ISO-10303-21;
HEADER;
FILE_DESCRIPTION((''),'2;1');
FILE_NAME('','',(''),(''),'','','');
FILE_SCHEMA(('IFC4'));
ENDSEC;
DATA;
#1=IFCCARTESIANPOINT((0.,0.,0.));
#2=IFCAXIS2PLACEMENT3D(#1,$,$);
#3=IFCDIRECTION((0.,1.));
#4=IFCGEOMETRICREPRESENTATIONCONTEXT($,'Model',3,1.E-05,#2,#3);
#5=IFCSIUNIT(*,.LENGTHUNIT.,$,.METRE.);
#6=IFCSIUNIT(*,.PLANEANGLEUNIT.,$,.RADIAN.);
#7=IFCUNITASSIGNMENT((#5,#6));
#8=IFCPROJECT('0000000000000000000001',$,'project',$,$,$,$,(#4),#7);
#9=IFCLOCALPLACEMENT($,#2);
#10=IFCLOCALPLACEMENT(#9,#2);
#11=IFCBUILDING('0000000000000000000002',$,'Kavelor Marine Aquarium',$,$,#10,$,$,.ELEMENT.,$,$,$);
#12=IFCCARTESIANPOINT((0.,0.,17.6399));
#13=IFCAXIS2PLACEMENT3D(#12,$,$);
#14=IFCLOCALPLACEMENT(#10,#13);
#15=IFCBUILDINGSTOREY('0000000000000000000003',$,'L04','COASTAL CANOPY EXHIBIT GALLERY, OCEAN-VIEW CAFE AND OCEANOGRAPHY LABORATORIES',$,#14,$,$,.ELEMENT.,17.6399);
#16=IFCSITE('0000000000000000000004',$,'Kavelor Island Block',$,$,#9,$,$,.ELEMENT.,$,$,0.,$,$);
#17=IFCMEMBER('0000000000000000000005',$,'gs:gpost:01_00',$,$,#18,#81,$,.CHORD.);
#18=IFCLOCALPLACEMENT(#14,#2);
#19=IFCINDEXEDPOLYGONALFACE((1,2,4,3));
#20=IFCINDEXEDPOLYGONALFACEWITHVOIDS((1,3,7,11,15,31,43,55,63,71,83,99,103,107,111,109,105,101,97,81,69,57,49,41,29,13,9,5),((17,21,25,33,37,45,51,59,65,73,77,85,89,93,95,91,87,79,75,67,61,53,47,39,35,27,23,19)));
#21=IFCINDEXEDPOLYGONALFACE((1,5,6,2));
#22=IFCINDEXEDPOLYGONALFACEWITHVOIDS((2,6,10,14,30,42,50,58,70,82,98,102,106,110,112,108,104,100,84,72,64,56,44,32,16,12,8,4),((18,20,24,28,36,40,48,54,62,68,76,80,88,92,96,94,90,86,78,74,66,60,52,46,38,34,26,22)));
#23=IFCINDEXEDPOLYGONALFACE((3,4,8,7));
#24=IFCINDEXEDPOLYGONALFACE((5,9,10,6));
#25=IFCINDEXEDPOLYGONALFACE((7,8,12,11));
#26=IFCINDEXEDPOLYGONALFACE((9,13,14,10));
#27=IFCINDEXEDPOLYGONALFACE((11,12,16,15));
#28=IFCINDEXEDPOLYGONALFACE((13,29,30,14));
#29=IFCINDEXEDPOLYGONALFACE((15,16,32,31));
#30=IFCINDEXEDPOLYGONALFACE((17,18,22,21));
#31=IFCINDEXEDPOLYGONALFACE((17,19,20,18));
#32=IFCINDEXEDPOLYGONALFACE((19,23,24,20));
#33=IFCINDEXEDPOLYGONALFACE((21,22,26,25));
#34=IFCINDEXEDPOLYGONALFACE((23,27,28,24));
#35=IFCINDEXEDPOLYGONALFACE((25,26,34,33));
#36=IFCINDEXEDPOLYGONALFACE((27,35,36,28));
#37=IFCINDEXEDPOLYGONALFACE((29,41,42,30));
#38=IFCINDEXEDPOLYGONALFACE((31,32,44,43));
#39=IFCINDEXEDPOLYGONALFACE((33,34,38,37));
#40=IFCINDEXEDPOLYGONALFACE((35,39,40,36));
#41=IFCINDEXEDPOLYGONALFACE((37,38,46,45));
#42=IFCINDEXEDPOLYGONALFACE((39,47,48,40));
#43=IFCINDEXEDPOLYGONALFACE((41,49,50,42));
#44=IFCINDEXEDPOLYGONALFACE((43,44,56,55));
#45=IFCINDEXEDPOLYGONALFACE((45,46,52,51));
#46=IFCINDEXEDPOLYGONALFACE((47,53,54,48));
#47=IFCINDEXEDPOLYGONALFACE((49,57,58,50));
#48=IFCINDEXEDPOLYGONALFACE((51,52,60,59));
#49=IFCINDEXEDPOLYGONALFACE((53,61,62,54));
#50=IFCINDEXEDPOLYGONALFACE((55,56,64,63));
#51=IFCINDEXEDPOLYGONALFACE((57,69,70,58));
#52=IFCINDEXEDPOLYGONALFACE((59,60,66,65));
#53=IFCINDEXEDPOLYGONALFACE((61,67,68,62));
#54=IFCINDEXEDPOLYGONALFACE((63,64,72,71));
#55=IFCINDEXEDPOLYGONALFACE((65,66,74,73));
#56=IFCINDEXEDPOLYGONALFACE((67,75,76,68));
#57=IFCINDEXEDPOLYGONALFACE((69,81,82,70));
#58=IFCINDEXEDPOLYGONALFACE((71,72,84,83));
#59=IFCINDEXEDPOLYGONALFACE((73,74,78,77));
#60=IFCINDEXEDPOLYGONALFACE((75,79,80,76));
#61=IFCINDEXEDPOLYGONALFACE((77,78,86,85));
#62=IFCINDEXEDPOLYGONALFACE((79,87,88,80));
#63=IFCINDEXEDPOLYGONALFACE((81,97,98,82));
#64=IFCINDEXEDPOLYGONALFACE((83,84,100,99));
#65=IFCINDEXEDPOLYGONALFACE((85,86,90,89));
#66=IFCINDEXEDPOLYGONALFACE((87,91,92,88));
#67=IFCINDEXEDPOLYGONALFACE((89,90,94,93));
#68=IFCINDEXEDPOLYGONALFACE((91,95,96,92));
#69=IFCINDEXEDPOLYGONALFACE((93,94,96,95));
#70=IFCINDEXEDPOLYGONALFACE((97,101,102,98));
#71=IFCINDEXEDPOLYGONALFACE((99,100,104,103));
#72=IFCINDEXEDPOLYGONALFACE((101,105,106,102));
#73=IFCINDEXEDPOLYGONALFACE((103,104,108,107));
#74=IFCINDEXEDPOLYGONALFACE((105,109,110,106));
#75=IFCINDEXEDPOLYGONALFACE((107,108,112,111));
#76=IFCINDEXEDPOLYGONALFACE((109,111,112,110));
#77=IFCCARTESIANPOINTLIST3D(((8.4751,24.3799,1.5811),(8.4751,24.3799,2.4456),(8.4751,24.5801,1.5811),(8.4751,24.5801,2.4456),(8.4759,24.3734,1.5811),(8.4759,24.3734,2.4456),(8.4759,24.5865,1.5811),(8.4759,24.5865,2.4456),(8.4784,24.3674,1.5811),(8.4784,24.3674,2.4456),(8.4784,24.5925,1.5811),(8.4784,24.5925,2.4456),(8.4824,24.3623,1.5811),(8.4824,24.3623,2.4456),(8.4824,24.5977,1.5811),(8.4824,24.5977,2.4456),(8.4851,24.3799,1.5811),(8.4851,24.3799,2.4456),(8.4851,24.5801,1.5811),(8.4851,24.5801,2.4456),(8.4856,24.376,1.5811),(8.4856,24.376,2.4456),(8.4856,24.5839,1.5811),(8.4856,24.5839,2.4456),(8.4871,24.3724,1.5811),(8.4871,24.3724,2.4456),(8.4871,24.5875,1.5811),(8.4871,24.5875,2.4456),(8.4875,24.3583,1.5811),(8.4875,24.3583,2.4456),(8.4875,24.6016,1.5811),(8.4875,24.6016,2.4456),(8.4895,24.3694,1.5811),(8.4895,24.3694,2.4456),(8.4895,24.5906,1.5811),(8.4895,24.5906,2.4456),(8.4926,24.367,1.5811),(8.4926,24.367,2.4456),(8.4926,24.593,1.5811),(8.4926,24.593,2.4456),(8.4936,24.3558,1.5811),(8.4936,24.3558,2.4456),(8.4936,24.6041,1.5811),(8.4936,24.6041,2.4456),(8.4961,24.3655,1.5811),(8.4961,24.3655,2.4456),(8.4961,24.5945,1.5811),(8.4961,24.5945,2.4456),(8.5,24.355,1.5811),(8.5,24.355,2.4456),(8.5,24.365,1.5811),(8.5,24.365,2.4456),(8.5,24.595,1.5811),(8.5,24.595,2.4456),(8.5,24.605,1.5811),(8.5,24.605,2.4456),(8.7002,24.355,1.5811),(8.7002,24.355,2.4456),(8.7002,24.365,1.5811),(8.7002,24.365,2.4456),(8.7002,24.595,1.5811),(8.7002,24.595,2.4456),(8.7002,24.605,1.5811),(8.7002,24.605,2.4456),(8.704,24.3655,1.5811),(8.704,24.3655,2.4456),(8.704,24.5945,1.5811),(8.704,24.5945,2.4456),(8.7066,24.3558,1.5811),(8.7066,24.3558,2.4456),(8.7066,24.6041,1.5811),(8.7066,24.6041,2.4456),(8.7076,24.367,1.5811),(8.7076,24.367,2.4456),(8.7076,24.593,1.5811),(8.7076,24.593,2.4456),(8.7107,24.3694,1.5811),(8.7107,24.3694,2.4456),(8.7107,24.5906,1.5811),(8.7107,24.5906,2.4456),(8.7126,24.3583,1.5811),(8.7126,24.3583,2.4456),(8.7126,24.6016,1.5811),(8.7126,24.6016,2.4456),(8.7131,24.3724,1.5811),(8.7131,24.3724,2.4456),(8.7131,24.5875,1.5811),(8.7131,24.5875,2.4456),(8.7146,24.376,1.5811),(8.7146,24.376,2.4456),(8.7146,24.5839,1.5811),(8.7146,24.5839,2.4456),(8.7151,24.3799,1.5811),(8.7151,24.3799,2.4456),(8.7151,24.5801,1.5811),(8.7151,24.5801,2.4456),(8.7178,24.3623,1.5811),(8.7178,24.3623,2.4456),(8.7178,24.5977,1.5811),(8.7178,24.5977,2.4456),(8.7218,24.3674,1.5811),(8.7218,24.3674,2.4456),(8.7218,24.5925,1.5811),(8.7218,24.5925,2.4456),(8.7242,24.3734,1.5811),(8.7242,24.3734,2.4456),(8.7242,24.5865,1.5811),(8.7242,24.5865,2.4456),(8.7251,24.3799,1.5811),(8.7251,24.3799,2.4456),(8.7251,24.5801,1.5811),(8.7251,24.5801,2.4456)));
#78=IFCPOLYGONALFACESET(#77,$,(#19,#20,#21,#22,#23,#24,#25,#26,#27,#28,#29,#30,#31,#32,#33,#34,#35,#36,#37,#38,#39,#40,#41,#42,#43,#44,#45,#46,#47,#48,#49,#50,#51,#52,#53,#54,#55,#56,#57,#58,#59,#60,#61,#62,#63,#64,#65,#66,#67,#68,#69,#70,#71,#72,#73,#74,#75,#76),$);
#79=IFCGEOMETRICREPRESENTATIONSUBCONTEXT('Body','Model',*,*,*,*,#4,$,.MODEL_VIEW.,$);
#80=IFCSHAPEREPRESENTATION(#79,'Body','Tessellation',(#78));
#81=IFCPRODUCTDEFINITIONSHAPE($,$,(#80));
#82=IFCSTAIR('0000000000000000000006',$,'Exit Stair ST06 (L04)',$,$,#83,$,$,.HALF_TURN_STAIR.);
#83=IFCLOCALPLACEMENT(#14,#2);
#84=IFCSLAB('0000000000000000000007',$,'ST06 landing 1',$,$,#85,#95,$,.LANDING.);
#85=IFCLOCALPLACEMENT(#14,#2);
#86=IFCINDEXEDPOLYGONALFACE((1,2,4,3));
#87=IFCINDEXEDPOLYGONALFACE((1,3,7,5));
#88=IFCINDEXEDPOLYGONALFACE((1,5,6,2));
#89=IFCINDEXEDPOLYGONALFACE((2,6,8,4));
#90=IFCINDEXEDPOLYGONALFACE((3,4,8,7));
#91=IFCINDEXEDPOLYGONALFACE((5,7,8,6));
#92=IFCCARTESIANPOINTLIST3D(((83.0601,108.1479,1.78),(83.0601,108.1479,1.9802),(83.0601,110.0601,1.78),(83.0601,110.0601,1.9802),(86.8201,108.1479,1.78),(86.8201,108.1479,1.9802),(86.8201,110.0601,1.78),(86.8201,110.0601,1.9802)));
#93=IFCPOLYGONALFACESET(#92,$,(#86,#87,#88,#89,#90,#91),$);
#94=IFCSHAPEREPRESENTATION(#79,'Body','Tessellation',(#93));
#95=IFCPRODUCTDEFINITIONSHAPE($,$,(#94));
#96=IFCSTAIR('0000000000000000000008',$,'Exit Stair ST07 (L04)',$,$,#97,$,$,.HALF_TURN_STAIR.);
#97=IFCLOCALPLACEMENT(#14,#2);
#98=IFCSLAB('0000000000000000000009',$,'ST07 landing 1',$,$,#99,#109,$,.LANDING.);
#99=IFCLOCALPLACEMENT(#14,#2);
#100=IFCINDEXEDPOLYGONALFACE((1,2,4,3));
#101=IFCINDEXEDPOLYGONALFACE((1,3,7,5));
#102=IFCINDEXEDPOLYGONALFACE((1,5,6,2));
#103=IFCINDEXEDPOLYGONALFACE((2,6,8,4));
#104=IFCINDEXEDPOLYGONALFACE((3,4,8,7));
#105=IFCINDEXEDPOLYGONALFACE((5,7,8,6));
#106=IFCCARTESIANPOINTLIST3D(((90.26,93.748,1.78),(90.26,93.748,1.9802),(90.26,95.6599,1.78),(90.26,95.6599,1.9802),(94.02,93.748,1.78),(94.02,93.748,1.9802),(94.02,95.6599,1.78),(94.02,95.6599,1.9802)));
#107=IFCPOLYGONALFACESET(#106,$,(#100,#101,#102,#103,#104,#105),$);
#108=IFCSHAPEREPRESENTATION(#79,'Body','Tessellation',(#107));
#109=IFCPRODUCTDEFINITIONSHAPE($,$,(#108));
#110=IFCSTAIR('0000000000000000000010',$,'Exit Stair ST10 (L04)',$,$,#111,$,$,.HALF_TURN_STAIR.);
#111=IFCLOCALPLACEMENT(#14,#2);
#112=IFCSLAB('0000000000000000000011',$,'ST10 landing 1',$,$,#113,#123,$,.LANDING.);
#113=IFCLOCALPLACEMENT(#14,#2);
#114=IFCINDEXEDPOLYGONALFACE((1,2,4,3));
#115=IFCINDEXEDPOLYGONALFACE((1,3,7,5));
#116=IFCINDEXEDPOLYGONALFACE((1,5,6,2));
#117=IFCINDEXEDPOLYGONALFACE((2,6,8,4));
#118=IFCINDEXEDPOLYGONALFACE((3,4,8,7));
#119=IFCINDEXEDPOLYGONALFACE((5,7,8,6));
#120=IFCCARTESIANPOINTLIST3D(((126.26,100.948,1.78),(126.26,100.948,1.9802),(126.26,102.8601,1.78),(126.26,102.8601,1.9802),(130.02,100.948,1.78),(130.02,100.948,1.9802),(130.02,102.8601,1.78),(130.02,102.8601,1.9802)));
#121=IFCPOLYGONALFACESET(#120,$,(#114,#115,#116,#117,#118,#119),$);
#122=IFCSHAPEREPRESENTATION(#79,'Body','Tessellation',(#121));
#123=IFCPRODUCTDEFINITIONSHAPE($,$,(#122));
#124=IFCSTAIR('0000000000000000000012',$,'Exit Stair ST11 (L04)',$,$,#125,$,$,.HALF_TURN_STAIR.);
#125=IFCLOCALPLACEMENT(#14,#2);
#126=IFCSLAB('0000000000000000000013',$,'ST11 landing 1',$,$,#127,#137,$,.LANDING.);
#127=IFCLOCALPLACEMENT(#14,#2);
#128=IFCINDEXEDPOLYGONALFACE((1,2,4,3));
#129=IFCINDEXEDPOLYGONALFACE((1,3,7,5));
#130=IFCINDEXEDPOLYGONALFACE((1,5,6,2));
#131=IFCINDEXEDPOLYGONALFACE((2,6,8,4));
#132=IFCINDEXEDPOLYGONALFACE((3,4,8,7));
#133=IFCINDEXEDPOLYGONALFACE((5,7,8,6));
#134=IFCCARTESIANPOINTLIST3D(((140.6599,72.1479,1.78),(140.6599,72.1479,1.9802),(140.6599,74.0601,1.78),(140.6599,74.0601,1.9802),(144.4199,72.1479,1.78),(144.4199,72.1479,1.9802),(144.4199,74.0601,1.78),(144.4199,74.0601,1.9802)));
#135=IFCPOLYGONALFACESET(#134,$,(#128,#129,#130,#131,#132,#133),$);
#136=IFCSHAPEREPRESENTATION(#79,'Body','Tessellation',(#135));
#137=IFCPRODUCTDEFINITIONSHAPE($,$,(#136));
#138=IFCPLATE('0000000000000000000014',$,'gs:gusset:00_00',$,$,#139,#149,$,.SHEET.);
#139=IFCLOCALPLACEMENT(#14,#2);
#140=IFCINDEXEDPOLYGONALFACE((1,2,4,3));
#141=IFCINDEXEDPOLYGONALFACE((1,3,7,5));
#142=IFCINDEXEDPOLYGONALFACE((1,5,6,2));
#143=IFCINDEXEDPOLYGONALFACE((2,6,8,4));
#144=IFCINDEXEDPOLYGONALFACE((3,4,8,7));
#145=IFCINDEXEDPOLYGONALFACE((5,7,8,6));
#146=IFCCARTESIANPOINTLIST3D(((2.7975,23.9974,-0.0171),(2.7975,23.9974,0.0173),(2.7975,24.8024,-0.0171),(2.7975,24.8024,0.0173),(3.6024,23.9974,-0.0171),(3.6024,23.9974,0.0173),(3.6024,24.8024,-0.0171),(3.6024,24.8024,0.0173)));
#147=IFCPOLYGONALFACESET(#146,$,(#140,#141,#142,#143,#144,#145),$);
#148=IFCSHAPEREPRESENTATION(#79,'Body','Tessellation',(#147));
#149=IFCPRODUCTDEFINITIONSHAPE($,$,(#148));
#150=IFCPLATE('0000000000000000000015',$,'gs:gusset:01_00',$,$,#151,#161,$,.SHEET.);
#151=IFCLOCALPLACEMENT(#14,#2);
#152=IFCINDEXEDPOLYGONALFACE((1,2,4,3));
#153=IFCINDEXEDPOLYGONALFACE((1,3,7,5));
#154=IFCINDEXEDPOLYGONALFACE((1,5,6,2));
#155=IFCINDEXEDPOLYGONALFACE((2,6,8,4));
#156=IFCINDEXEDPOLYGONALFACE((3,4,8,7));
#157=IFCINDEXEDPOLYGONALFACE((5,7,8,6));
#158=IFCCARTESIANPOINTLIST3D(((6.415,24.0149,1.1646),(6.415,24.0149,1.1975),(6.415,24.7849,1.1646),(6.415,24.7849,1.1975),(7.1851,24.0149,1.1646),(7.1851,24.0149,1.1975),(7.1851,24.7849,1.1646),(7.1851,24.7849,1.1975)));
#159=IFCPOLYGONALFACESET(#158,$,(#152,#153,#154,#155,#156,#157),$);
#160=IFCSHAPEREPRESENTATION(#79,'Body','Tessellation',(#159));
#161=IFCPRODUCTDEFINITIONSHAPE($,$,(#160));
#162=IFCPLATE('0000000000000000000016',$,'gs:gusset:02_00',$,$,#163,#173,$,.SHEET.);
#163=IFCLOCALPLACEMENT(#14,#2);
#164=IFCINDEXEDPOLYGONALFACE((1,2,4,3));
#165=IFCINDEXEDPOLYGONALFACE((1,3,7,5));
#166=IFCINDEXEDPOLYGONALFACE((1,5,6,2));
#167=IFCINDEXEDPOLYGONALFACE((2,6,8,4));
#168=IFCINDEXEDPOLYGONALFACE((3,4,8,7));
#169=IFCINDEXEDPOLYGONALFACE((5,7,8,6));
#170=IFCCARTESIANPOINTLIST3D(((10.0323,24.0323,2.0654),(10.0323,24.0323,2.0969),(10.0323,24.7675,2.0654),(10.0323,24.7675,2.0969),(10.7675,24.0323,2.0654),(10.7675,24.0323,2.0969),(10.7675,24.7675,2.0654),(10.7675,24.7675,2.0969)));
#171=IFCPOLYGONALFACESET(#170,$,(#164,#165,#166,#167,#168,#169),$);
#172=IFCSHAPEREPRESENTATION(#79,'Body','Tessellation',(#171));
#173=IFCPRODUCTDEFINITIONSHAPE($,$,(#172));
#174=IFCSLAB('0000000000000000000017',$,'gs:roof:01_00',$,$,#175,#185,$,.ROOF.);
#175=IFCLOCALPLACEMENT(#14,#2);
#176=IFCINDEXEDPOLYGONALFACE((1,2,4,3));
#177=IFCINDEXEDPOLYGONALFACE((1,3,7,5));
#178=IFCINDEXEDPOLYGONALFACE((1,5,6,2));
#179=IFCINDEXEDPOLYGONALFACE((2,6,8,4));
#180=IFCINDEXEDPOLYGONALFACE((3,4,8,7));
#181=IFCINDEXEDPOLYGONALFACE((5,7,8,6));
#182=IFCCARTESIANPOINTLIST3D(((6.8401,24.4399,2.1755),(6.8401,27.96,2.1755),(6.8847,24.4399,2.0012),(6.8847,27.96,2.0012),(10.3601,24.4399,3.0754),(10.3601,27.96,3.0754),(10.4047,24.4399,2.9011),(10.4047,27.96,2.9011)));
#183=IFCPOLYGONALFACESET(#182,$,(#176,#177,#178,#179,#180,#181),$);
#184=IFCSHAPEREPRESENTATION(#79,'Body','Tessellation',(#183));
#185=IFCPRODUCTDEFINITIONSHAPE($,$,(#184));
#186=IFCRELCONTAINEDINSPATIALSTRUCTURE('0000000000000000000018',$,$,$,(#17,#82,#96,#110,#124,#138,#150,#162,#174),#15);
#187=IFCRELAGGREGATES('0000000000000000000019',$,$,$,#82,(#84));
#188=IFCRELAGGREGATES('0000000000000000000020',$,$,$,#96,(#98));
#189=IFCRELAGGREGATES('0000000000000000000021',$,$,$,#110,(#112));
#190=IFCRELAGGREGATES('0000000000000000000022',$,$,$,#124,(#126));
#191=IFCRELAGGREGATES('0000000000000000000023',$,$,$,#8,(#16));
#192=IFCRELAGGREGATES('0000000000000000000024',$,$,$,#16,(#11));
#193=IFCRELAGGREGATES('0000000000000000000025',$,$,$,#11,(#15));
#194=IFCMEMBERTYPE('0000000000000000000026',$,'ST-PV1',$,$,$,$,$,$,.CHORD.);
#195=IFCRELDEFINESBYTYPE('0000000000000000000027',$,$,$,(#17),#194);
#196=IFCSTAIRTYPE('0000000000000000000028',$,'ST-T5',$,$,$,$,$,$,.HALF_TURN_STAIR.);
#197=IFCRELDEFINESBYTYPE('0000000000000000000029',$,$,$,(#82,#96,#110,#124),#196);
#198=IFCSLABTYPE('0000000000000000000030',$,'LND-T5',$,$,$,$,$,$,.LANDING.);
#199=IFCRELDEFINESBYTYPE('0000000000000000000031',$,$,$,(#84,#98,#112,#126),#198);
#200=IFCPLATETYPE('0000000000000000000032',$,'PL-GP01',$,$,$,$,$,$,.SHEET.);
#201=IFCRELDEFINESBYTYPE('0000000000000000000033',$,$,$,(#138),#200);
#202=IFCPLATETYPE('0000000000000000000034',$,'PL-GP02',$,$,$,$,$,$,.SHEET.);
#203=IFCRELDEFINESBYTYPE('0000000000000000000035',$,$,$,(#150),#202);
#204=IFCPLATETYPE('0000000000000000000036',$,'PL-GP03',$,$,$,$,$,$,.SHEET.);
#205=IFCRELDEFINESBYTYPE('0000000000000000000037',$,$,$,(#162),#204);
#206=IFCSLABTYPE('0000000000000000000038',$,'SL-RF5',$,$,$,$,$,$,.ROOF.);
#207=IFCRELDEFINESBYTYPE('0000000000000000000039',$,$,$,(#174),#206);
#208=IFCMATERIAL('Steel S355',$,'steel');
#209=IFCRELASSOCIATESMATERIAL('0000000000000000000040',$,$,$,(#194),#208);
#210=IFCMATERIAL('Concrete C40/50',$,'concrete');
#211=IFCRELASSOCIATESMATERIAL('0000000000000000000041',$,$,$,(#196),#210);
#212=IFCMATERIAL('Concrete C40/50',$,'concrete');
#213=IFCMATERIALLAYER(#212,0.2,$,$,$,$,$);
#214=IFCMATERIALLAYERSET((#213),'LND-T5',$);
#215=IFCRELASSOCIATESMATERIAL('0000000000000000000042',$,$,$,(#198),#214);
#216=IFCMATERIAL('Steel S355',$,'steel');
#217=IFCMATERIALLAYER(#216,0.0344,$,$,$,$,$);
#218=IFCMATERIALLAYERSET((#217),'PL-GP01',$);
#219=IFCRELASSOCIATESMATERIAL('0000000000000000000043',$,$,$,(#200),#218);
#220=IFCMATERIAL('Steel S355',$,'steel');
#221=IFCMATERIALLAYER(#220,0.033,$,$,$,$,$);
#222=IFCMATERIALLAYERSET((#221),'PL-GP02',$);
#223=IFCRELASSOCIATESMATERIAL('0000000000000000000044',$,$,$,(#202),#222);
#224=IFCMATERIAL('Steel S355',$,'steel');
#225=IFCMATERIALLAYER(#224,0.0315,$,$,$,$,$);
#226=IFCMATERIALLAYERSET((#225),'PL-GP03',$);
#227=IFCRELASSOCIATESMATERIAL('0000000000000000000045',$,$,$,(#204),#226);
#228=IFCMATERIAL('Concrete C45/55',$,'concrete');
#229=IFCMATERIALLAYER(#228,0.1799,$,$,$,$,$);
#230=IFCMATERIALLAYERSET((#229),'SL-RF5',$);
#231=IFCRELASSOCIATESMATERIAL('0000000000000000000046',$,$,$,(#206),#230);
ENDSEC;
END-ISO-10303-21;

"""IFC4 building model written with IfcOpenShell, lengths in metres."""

from ifc_helpers import new_model, si_unit, direction, frame, origin, origin_2d, place, context, subcontext, project, spatial, polyline, rectangle, hollow_rectangle, outline, extrude, material, layer, layer_set, material_profile, profile_set, type_object, element, aggregate, save


model = new_model("IFC4")

# Units and contexts
model_context = context("Model", 3, precision=1e-05, world=origin(), true_north=direction((0.0, 1.0)))
body_context = subcontext(model_context, "Body", "Model", "MODEL_VIEW")
ifc_project = project(units=[si_unit("LENGTHUNIT", "METRE"), si_unit("PLANEANGLEUNIT", "RADIAN")], contexts=[model_context])

# Site, building, storey
site_placement = place(None, origin())
site = spatial("IfcSite", under=ifc_project, at=site_placement, Name="Kavelor Island Block", CompositionType="ELEMENT", RefElevation=0.0)
building_placement = place(site_placement, origin())
building = spatial("IfcBuilding", under=site, at=building_placement, Name="Kavelor Marine Aquarium", CompositionType="ELEMENT")
storey_placement = place(building_placement, frame((0.0, 0.0, 17.6399)))
storey = spatial("IfcBuildingStorey", under=building, at=storey_placement, Name="L04", Description="COASTAL CANOPY EXHIBIT GALLERY, OCEAN-VIEW CAFE AND OCEANOGRAPHY LABORATORIES", CompositionType="ELEMENT", Elevation=17.6399)

# Member
ifc_material_1 = material(Name="Steel S355", Category="steel")
ifc_material_profile_1 = material_profile(ifc_material_1, hollow_rectangle(XDim=0.25, YDim=0.25, WallThickness=0.01, InnerFilletRadius=0.0149, OuterFilletRadius=0.0249, at=origin_2d()), Name="SHS 250x250x10.0")
ifc_profile_set_1 = profile_set([ifc_material_profile_1], Name="Steel S355")
member_type_1 = type_object("IfcMemberType", Name="ST-PV1", PredefinedType="CHORD", material=ifc_profile_set_1)
member_1_placement = place(storey_placement, frame((8.6001, 24.48, 1.5811), z_axis=(0.0, 0.0, 1.0), x_axis=(1.0, 0.0, 0.0)))
element("IfcMember", 1, at=member_1_placement, inside=storey, type_object=member_type_1, Name="gs:gpost:01_00", PredefinedType="CHORD", context=body_context, shape_type="SweptSolid", body=[
    extrude(hollow_rectangle(XDim=0.25, YDim=0.25, WallThickness=0.01, InnerFilletRadius=0.0149, OuterFilletRadius=0.0249, at=origin_2d()), origin(), (0.0, 0.0, 1.0), 0.8645),
])

# Stairs, slabs
ifc_material_2 = material(Name="Concrete C40/50", Category="concrete")
stair_type = type_object("IfcStairType", Name="ST-T5", PredefinedType="HALF_TURN_STAIR", material=ifc_material_2)
stair_1_placement = place(storey_placement, origin())
stair_1 = element("IfcStair", 2, at=stair_1_placement, inside=storey, type_object=stair_type, Name="Exit Stair ST06 (L04)", PredefinedType="HALF_TURN_STAIR")
ifc_material_3 = material(Name="Concrete C40/50", Category="concrete")
ifc_layer_1 = layer(ifc_material_3, 0.2)
ifc_layer_set_1 = layer_set([ifc_layer_1], Name="LND-T5")
slab_type_1 = type_object("IfcSlabType", Name="LND-T5", PredefinedType="LANDING", material=ifc_layer_set_1)
slab_1_placement = place(storey_placement, frame((0.0, 0.0, 1.78)))
slab_1 = element("IfcSlab", 3, at=slab_1_placement, type_object=slab_type_1, Name="ST06 landing 1", PredefinedType="LANDING", context=body_context, shape_type="SweptSolid", body=[
    extrude(outline(polyline([(83.0601, 108.1479), (86.8201, 108.1479), (86.8201, 110.0601), (83.0601, 110.0601), (83.0601, 108.1479)])), origin(), (0.0, 0.0, 1.0), 0.2002),
])
aggregate(stair_1, [slab_1])
stair_2_placement = place(storey_placement, origin())
stair_2 = element("IfcStair", 4, at=stair_2_placement, inside=storey, type_object=stair_type, Name="Exit Stair ST07 (L04)", PredefinedType="HALF_TURN_STAIR")
slab_2_placement = place(storey_placement, frame((0.0, 0.0, 1.78)))
slab_2 = element("IfcSlab", 5, at=slab_2_placement, type_object=slab_type_1, Name="ST07 landing 1", PredefinedType="LANDING", context=body_context, shape_type="SweptSolid", body=[
    extrude(outline(polyline([(90.26, 93.748), (94.02, 93.748), (94.02, 95.6599), (90.26, 95.6599), (90.26, 93.748)])), origin(), (0.0, 0.0, 1.0), 0.2002),
])
aggregate(stair_2, [slab_2])
stair_3_placement = place(storey_placement, origin())
stair_3 = element("IfcStair", 6, at=stair_3_placement, inside=storey, type_object=stair_type, Name="Exit Stair ST10 (L04)", PredefinedType="HALF_TURN_STAIR")
slab_3_placement = place(storey_placement, frame((0.0, 0.0, 1.78)))
slab_3 = element("IfcSlab", 7, at=slab_3_placement, type_object=slab_type_1, Name="ST10 landing 1", PredefinedType="LANDING", context=body_context, shape_type="SweptSolid", body=[
    extrude(outline(polyline([(126.26, 100.948), (130.02, 100.948), (130.02, 102.8601), (126.26, 102.8601), (126.26, 100.948)])), origin(), (0.0, 0.0, 1.0), 0.2002),
])
aggregate(stair_3, [slab_3])
stair_4_placement = place(storey_placement, origin())
stair_4 = element("IfcStair", 8, at=stair_4_placement, inside=storey, type_object=stair_type, Name="Exit Stair ST11 (L04)", PredefinedType="HALF_TURN_STAIR")
slab_4_placement = place(storey_placement, frame((0.0, 0.0, 1.78)))
slab_4 = element("IfcSlab", 9, at=slab_4_placement, type_object=slab_type_1, Name="ST11 landing 1", PredefinedType="LANDING", context=body_context, shape_type="SweptSolid", body=[
    extrude(outline(polyline([(140.6599, 72.1479), (144.4199, 72.1479), (144.4199, 74.0601), (140.6599, 74.0601), (140.6599, 72.1479)])), origin(), (0.0, 0.0, 1.0), 0.2002),
])
aggregate(stair_4, [slab_4])

# Plates
ifc_material_4 = material(Name="Steel S355", Category="steel")
ifc_layer_2 = layer(ifc_material_4, 0.0344)
ifc_layer_set_2 = layer_set([ifc_layer_2], Name="PL-GP01")
plate_type_1 = type_object("IfcPlateType", Name="PL-GP01", PredefinedType="SHEET", material=ifc_layer_set_2)
plate_1_placement = place(storey_placement, frame((3.2, 24.3999, -0.0171), z_axis=(0.0, 0.0, 1.0), x_axis=(1.0, 0.0, 0.0)))
element("IfcPlate", 10, at=plate_1_placement, inside=storey, type_object=plate_type_1, Name="gs:gusset:00_00", PredefinedType="SHEET", context=body_context, shape_type="SweptSolid", body=[
    extrude(rectangle(XDim=0.8049, YDim=0.8049, at=origin_2d()), origin(), (0.0, 0.0, 1.0), 0.0344),
])
ifc_material_5 = material(Name="Steel S355", Category="steel")
ifc_layer_3 = layer(ifc_material_5, 0.033)
ifc_layer_set_3 = layer_set([ifc_layer_3], Name="PL-GP02")
plate_type_2 = type_object("IfcPlateType", Name="PL-GP02", PredefinedType="SHEET", material=ifc_layer_set_3)
plate_2_placement = place(storey_placement, frame((6.8, 24.3999, 1.1646), z_axis=(0.0, 0.0, 1.0), x_axis=(1.0, 0.0, 0.0)))
element("IfcPlate", 11, at=plate_2_placement, inside=storey, type_object=plate_type_2, Name="gs:gusset:01_00", PredefinedType="SHEET", context=body_context, shape_type="SweptSolid", body=[
    extrude(rectangle(XDim=0.77, YDim=0.77, at=origin_2d()), origin(), (0.0, 0.0, 1.0), 0.033),
])
ifc_material_6 = material(Name="Steel S355", Category="steel")
ifc_layer_4 = layer(ifc_material_6, 0.0315)
ifc_layer_set_4 = layer_set([ifc_layer_4], Name="PL-GP03")
plate_type_3 = type_object("IfcPlateType", Name="PL-GP03", PredefinedType="SHEET", material=ifc_layer_set_4)
plate_3_placement = place(storey_placement, frame((10.3999, 24.3999, 2.0654), z_axis=(0.0, 0.0, 1.0), x_axis=(1.0, 0.0, 0.0)))
element("IfcPlate", 12, at=plate_3_placement, inside=storey, type_object=plate_type_3, Name="gs:gusset:02_00", PredefinedType="SHEET", context=body_context, shape_type="SweptSolid", body=[
    extrude(rectangle(XDim=0.7351, YDim=0.7351, at=origin_2d()), origin(), (0.0, 0.0, 1.0), 0.0315),
])

# Slab
ifc_material_7 = material(Name="Concrete C45/55", Category="concrete")
ifc_layer_5 = layer(ifc_material_7, 0.1799)
ifc_layer_set_5 = layer_set([ifc_layer_5], Name="SL-RF5")
slab_type_2 = type_object("IfcSlabType", Name="SL-RF5", PredefinedType="ROOF", material=ifc_layer_set_5)
slab_5_placement = place(storey_placement, frame((6.8401, 24.4399, 2.1755), z_axis=(-0.247687, 0.0, 0.96884), x_axis=(0.96884, 0.0, 0.247687)))
element("IfcSlab", 13, at=slab_5_placement, inside=storey, type_object=slab_type_2, Name="gs:roof:01_00", PredefinedType="ROOF", context=body_context, shape_type="SweptSolid", body=[
    extrude(outline(polyline([(0.0, 0.0), (3.6332, 0.0), (3.6332, 3.52), (0.0, 3.52), (0.0, 0.0)])), origin(), (0.0, 0.0, -1.0), 0.1799),
])

save(model, "model.ifc")
